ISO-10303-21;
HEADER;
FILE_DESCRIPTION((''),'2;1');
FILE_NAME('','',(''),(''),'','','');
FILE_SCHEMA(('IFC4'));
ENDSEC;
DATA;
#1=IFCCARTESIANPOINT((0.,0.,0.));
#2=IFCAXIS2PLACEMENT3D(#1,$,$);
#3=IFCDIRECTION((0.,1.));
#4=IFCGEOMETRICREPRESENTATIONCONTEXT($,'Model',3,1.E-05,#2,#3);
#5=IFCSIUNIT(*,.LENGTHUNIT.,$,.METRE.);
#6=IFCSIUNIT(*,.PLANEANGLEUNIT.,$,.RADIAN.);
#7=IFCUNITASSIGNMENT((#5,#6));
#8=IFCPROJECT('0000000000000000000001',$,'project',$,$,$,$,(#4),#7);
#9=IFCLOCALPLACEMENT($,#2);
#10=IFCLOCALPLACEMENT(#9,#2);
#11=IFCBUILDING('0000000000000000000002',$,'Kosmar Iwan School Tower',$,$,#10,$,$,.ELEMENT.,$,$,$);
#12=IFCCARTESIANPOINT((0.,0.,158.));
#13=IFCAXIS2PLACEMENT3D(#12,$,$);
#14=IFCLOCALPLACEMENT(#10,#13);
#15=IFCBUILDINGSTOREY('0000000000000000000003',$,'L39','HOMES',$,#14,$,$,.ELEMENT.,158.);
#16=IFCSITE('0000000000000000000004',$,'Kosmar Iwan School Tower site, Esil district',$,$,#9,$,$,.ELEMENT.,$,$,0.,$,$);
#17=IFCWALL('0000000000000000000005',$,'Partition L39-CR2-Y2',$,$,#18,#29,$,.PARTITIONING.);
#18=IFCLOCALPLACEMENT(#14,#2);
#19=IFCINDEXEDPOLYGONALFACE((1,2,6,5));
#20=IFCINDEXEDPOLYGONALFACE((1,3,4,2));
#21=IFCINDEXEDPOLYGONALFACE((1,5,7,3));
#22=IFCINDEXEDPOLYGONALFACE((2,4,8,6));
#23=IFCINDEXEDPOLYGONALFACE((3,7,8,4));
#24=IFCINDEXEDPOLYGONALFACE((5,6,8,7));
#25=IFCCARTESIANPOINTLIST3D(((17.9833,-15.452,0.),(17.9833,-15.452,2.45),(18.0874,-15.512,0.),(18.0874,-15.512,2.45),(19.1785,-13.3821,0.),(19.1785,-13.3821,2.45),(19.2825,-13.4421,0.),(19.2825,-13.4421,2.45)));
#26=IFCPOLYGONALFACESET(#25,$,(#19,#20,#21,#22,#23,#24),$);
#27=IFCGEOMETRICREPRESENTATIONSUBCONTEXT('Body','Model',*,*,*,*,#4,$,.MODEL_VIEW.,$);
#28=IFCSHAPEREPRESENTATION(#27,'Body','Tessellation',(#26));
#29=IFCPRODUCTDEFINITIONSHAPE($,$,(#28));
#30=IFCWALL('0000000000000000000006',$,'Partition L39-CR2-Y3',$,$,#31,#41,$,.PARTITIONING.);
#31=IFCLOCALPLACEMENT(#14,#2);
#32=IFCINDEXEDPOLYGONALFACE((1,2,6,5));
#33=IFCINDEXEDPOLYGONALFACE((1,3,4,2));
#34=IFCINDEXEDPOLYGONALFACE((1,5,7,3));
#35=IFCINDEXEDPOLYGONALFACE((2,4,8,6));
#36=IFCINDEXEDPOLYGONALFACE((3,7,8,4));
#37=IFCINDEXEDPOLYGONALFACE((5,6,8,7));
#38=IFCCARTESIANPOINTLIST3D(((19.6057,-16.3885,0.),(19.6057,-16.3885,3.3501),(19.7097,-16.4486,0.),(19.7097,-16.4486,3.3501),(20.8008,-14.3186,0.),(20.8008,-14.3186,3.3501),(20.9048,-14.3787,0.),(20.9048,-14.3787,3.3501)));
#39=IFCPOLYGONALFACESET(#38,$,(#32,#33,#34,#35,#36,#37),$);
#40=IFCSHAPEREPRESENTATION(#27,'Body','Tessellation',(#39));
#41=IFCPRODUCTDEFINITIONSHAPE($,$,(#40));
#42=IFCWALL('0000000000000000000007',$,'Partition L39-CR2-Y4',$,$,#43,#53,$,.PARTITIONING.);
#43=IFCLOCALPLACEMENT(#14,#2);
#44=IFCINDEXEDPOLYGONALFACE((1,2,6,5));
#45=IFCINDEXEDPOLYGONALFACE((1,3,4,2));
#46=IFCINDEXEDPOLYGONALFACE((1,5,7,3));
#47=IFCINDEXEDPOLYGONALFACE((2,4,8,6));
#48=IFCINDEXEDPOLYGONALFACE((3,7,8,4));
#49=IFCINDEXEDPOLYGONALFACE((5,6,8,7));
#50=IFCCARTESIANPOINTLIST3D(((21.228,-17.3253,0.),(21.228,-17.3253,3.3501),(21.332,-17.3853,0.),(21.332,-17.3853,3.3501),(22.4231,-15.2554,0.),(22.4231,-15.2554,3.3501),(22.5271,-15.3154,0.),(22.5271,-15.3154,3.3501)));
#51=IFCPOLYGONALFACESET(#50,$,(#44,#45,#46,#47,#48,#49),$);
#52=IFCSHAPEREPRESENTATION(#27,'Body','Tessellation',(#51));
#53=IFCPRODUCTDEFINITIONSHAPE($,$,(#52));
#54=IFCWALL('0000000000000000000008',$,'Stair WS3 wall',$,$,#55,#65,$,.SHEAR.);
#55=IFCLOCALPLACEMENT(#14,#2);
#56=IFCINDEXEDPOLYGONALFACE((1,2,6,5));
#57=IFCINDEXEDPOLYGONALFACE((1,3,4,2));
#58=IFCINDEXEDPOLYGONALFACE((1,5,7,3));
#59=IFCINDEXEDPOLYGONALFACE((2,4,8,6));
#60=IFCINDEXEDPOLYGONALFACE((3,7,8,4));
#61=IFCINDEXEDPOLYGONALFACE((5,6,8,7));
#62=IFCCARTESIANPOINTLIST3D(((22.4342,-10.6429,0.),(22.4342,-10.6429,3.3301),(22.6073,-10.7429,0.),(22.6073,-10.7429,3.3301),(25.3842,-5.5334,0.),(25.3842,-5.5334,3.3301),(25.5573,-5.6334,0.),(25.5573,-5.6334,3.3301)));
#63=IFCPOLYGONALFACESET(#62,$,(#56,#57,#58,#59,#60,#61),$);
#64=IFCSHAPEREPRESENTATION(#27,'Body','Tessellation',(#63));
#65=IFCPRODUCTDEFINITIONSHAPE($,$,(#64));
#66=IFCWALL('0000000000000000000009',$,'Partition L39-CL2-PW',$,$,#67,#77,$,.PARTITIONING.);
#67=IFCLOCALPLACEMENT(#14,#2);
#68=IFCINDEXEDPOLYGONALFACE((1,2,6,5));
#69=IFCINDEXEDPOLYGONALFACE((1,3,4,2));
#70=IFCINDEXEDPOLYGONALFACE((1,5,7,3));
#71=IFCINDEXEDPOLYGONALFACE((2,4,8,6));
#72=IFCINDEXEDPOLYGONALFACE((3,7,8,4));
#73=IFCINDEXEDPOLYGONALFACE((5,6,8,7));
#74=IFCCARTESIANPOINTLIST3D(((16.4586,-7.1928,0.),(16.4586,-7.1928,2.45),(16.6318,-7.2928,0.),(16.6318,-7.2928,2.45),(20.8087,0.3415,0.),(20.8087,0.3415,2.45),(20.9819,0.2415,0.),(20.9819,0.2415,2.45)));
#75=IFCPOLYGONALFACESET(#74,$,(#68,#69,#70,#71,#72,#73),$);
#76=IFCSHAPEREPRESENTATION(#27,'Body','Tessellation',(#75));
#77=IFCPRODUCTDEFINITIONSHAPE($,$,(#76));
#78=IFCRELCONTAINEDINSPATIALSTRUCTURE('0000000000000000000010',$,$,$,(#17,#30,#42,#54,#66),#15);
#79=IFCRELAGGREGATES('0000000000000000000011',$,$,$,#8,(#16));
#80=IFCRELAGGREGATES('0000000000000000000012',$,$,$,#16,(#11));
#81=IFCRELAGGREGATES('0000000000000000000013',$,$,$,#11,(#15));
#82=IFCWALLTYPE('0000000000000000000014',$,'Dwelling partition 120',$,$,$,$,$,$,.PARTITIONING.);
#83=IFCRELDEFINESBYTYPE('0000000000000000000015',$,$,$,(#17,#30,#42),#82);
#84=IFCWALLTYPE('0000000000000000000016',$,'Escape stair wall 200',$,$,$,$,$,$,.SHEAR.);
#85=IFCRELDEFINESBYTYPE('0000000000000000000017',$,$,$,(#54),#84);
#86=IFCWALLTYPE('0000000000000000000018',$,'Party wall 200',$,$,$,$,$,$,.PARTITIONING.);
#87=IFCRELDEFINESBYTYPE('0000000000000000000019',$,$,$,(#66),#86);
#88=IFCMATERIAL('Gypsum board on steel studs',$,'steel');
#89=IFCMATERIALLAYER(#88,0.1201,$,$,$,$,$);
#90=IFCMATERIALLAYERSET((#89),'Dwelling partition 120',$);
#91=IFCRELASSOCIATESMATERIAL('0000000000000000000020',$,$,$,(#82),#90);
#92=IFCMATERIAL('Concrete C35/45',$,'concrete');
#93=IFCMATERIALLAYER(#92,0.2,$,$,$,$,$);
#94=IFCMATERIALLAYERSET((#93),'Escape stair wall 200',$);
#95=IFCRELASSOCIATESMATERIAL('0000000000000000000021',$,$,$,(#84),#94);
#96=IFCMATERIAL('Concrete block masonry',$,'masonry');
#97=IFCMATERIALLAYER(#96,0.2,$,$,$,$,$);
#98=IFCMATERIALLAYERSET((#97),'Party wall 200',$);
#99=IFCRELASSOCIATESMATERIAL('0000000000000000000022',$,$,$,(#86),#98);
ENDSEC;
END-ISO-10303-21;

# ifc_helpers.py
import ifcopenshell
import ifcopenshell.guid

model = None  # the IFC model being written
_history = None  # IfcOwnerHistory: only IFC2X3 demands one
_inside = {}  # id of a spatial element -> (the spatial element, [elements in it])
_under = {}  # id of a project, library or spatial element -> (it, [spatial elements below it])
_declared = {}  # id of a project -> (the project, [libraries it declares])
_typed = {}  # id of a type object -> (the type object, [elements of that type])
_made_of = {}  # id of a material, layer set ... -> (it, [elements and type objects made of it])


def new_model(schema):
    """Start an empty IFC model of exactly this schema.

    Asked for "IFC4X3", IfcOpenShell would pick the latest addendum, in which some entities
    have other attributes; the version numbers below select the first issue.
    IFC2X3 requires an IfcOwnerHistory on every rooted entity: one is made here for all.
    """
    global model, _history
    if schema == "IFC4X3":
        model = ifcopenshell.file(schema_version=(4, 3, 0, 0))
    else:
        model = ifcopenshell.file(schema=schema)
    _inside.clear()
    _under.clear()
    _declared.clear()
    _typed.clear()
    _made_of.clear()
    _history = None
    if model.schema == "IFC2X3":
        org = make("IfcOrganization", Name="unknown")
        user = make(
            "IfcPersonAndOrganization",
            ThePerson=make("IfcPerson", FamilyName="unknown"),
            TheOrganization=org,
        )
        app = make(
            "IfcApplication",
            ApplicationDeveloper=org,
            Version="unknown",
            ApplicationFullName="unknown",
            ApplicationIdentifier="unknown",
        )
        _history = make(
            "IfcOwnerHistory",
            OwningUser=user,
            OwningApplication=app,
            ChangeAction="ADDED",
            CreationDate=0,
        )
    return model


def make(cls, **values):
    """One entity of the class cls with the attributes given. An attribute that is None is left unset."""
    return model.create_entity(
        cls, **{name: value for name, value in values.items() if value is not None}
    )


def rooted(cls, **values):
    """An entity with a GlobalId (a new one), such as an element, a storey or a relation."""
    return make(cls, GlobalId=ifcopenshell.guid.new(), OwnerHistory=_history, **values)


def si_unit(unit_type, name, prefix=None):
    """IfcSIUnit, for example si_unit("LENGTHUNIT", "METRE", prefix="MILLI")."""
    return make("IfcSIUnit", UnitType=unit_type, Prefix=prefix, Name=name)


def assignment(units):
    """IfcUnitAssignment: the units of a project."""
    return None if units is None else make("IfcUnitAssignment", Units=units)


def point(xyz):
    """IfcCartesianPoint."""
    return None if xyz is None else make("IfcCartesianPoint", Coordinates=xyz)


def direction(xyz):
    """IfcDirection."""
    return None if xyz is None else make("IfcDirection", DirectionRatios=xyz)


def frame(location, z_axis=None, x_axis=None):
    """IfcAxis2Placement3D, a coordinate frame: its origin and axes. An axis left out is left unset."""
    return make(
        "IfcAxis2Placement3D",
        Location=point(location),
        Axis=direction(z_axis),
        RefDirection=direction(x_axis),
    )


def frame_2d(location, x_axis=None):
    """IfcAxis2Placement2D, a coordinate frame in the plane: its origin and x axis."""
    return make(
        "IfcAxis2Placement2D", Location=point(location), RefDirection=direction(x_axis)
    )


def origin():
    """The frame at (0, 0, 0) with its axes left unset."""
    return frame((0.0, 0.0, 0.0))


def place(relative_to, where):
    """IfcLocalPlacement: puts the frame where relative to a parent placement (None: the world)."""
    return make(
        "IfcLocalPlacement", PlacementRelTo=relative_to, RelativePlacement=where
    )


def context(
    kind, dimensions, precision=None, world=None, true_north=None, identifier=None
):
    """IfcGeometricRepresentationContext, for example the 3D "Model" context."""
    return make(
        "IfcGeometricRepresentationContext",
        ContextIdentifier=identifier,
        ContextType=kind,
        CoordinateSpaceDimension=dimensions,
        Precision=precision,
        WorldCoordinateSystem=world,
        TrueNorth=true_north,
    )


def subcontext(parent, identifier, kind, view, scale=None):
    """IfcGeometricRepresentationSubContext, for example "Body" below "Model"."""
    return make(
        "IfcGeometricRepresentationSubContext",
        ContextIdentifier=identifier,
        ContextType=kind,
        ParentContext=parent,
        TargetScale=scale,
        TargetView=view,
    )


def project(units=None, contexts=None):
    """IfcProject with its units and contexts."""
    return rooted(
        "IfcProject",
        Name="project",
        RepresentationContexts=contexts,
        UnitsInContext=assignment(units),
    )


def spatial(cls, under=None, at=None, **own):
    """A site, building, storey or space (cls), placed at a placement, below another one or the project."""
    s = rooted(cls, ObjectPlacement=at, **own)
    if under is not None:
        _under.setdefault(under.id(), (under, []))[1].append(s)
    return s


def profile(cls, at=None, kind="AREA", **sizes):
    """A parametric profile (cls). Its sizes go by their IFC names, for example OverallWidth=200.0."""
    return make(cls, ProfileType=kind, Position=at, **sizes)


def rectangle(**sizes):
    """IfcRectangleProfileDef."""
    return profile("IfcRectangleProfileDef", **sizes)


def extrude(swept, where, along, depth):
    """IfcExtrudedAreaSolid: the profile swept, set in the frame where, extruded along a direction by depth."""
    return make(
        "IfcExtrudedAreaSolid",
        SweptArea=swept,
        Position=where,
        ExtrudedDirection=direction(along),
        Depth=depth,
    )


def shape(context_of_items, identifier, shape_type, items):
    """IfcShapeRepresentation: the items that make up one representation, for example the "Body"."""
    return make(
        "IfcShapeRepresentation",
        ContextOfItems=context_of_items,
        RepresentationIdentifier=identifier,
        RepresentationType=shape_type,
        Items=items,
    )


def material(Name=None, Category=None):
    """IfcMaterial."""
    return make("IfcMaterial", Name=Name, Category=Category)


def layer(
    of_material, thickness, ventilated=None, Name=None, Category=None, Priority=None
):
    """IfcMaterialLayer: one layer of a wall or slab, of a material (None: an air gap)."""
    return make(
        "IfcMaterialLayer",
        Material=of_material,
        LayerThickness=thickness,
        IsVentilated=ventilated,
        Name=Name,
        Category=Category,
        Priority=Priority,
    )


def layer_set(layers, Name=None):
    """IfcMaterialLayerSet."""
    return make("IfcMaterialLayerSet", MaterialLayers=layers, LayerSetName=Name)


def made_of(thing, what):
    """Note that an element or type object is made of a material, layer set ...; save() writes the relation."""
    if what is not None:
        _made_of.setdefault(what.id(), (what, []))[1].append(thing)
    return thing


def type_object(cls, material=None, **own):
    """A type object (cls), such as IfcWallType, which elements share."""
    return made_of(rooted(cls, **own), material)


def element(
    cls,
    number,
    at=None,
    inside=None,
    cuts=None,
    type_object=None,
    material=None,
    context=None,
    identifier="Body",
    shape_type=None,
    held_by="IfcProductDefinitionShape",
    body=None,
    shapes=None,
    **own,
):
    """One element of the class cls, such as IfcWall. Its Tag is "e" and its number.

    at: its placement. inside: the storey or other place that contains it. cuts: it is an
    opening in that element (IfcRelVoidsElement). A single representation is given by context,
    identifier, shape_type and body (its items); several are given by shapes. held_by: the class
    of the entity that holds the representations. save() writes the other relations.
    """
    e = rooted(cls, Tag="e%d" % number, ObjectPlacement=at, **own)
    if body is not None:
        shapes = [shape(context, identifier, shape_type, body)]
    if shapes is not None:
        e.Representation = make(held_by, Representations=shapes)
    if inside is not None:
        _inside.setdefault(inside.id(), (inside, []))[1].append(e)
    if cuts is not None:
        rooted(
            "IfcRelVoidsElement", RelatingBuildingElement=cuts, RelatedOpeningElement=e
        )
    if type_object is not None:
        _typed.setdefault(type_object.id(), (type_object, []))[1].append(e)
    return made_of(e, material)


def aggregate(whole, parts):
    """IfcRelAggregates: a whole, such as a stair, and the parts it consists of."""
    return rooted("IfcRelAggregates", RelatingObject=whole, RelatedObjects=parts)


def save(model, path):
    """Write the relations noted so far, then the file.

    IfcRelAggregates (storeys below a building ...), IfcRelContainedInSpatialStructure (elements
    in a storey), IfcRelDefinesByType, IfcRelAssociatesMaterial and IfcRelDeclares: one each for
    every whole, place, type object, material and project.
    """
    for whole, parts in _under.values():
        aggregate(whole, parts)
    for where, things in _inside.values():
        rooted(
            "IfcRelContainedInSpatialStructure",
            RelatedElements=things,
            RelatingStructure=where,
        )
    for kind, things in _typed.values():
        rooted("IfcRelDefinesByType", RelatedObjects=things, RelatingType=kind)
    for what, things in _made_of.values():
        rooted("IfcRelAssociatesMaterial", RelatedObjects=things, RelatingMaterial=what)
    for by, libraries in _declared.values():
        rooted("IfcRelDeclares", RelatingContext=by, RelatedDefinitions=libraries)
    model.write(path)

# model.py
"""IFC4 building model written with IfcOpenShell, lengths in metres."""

from ifc_helpers import new_model, si_unit, direction, frame, frame_2d, origin, place, context, subcontext, project, spatial, rectangle, extrude, material, layer, layer_set, type_object, element, save


model = new_model("IFC4")

# Units and contexts
model_context = context("Model", 3, precision=1e-05, world=origin(), true_north=direction((0.0, 1.0)))
body_context = subcontext(model_context, "Body", "Model", "MODEL_VIEW")
ifc_project = project(units=[si_unit("LENGTHUNIT", "METRE"), si_unit("PLANEANGLEUNIT", "RADIAN")], contexts=[model_context])

# Site, building, storey
site_placement = place(None, origin())
site = spatial("IfcSite", under=ifc_project, at=site_placement, Name="Kosmar Iwan School Tower site, Esil district", CompositionType="ELEMENT", RefElevation=0.0)
building_placement = place(site_placement, origin())
building = spatial("IfcBuilding", under=site, at=building_placement, Name="Kosmar Iwan School Tower", CompositionType="ELEMENT")
storey_placement = place(building_placement, frame((0.0, 0.0, 158.0)))
storey = spatial("IfcBuildingStorey", under=building, at=storey_placement, Name="L39", Description="HOMES", CompositionType="ELEMENT", Elevation=158.0)

# Shared definitions
ifc_material_1 = material(Name="Gypsum board on steel studs", Category="steel")
ifc_layer_1 = layer(ifc_material_1, 0.1201)
ifc_layer_set_1 = layer_set([ifc_layer_1], Name="Dwelling partition 120")
wall_type_1 = type_object("IfcWallType", Name="Dwelling partition 120", PredefinedType="PARTITIONING", material=ifc_layer_set_1)

# Walls
wall_1_placement = place(storey_placement, frame((19.2305, -13.4121, 0.0), z_axis=(0.0, 0.0, 1.0), x_axis=(-0.500017, -0.866015, 0.0)))
element("IfcWall", 1, at=wall_1_placement, inside=storey, type_object=wall_type_1, Name="Partition L39-CR2-Y2", PredefinedType="PARTITIONING", context=body_context, shape_type="SweptSolid", body=[
    extrude(rectangle(XDim=2.3901, YDim=0.1201, at=frame_2d((1.1951, 0.0))), origin(), (0.0, 0.0, 1.0), 2.45),
])
for number, where, z_axis, x_axis, name in (
    (2, (20.8528, -14.3486, 0.0), (0.0, 0.0, 1.0), (-0.500017, -0.866015, 0.0), "Partition L39-CR2-Y3"),
    (3, (22.4751, -15.2854, 0.0), (0.0, 0.0, 1.0), (-0.500017, -0.866015, 0.0), "Partition L39-CR2-Y4"),
):
    element("IfcWall", number, at=place(storey_placement, frame(where, z_axis=z_axis, x_axis=x_axis)), inside=storey, type_object=wall_type_1, Name=name, PredefinedType="PARTITIONING", context=body_context, shape_type="SweptSolid", body=[
        extrude(rectangle(XDim=2.3901, YDim=0.1201, at=frame_2d((1.1951, 0.0))), origin(), (0.0, 0.0, 1.0), 3.3501),
    ])
ifc_material_2 = material(Name="Concrete C35/45", Category="concrete")
ifc_layer_2 = layer(ifc_material_2, 0.2)
ifc_layer_set_2 = layer_set([ifc_layer_2], Name="Escape stair wall 200")
wall_type_2 = type_object("IfcWallType", Name="Escape stair wall 200", PredefinedType="SHEAR", material=ifc_layer_set_2)
wall_2_placement = place(storey_placement, frame((22.5208, -10.6929, 0.0), z_axis=(0.0, 0.0, 1.0), x_axis=(0.500007, 0.866022, 0.0)))
element("IfcWall", 4, at=wall_2_placement, inside=storey, type_object=wall_type_2, Name="Stair WS3 wall", PredefinedType="SHEAR", context=body_context, shape_type="SweptSolid", body=[
    extrude(rectangle(XDim=5.8999, YDim=0.2, at=frame_2d((2.95, 0.0))), origin(), (0.0, 0.0, 1.0), 3.3301),
])
ifc_material_3 = material(Name="Concrete block masonry", Category="masonry")
ifc_layer_3 = layer(ifc_material_3, 0.2)
ifc_layer_set_3 = layer_set([ifc_layer_3], Name="Party wall 200")
wall_type_3 = type_object("IfcWallType", Name="Party wall 200", PredefinedType="PARTITIONING", material=ifc_layer_set_3)
wall_3_placement = place(storey_placement, frame((16.5452, -7.2429, 0.0), z_axis=(0.0, 0.0, 1.0), x_axis=(0.500008, 0.866021, 0.0)))
element("IfcWall", 5, at=wall_3_placement, inside=storey, type_object=wall_type_3, Name="Partition L39-CL2-PW", PredefinedType="PARTITIONING", context=body_context, shape_type="SweptSolid", body=[
    extrude(rectangle(XDim=8.7, YDim=0.2, at=frame_2d((4.3501, 0.0))), origin(), (0.0, 0.0, 1.0), 2.45),
])

save(model, "model.ifc")
